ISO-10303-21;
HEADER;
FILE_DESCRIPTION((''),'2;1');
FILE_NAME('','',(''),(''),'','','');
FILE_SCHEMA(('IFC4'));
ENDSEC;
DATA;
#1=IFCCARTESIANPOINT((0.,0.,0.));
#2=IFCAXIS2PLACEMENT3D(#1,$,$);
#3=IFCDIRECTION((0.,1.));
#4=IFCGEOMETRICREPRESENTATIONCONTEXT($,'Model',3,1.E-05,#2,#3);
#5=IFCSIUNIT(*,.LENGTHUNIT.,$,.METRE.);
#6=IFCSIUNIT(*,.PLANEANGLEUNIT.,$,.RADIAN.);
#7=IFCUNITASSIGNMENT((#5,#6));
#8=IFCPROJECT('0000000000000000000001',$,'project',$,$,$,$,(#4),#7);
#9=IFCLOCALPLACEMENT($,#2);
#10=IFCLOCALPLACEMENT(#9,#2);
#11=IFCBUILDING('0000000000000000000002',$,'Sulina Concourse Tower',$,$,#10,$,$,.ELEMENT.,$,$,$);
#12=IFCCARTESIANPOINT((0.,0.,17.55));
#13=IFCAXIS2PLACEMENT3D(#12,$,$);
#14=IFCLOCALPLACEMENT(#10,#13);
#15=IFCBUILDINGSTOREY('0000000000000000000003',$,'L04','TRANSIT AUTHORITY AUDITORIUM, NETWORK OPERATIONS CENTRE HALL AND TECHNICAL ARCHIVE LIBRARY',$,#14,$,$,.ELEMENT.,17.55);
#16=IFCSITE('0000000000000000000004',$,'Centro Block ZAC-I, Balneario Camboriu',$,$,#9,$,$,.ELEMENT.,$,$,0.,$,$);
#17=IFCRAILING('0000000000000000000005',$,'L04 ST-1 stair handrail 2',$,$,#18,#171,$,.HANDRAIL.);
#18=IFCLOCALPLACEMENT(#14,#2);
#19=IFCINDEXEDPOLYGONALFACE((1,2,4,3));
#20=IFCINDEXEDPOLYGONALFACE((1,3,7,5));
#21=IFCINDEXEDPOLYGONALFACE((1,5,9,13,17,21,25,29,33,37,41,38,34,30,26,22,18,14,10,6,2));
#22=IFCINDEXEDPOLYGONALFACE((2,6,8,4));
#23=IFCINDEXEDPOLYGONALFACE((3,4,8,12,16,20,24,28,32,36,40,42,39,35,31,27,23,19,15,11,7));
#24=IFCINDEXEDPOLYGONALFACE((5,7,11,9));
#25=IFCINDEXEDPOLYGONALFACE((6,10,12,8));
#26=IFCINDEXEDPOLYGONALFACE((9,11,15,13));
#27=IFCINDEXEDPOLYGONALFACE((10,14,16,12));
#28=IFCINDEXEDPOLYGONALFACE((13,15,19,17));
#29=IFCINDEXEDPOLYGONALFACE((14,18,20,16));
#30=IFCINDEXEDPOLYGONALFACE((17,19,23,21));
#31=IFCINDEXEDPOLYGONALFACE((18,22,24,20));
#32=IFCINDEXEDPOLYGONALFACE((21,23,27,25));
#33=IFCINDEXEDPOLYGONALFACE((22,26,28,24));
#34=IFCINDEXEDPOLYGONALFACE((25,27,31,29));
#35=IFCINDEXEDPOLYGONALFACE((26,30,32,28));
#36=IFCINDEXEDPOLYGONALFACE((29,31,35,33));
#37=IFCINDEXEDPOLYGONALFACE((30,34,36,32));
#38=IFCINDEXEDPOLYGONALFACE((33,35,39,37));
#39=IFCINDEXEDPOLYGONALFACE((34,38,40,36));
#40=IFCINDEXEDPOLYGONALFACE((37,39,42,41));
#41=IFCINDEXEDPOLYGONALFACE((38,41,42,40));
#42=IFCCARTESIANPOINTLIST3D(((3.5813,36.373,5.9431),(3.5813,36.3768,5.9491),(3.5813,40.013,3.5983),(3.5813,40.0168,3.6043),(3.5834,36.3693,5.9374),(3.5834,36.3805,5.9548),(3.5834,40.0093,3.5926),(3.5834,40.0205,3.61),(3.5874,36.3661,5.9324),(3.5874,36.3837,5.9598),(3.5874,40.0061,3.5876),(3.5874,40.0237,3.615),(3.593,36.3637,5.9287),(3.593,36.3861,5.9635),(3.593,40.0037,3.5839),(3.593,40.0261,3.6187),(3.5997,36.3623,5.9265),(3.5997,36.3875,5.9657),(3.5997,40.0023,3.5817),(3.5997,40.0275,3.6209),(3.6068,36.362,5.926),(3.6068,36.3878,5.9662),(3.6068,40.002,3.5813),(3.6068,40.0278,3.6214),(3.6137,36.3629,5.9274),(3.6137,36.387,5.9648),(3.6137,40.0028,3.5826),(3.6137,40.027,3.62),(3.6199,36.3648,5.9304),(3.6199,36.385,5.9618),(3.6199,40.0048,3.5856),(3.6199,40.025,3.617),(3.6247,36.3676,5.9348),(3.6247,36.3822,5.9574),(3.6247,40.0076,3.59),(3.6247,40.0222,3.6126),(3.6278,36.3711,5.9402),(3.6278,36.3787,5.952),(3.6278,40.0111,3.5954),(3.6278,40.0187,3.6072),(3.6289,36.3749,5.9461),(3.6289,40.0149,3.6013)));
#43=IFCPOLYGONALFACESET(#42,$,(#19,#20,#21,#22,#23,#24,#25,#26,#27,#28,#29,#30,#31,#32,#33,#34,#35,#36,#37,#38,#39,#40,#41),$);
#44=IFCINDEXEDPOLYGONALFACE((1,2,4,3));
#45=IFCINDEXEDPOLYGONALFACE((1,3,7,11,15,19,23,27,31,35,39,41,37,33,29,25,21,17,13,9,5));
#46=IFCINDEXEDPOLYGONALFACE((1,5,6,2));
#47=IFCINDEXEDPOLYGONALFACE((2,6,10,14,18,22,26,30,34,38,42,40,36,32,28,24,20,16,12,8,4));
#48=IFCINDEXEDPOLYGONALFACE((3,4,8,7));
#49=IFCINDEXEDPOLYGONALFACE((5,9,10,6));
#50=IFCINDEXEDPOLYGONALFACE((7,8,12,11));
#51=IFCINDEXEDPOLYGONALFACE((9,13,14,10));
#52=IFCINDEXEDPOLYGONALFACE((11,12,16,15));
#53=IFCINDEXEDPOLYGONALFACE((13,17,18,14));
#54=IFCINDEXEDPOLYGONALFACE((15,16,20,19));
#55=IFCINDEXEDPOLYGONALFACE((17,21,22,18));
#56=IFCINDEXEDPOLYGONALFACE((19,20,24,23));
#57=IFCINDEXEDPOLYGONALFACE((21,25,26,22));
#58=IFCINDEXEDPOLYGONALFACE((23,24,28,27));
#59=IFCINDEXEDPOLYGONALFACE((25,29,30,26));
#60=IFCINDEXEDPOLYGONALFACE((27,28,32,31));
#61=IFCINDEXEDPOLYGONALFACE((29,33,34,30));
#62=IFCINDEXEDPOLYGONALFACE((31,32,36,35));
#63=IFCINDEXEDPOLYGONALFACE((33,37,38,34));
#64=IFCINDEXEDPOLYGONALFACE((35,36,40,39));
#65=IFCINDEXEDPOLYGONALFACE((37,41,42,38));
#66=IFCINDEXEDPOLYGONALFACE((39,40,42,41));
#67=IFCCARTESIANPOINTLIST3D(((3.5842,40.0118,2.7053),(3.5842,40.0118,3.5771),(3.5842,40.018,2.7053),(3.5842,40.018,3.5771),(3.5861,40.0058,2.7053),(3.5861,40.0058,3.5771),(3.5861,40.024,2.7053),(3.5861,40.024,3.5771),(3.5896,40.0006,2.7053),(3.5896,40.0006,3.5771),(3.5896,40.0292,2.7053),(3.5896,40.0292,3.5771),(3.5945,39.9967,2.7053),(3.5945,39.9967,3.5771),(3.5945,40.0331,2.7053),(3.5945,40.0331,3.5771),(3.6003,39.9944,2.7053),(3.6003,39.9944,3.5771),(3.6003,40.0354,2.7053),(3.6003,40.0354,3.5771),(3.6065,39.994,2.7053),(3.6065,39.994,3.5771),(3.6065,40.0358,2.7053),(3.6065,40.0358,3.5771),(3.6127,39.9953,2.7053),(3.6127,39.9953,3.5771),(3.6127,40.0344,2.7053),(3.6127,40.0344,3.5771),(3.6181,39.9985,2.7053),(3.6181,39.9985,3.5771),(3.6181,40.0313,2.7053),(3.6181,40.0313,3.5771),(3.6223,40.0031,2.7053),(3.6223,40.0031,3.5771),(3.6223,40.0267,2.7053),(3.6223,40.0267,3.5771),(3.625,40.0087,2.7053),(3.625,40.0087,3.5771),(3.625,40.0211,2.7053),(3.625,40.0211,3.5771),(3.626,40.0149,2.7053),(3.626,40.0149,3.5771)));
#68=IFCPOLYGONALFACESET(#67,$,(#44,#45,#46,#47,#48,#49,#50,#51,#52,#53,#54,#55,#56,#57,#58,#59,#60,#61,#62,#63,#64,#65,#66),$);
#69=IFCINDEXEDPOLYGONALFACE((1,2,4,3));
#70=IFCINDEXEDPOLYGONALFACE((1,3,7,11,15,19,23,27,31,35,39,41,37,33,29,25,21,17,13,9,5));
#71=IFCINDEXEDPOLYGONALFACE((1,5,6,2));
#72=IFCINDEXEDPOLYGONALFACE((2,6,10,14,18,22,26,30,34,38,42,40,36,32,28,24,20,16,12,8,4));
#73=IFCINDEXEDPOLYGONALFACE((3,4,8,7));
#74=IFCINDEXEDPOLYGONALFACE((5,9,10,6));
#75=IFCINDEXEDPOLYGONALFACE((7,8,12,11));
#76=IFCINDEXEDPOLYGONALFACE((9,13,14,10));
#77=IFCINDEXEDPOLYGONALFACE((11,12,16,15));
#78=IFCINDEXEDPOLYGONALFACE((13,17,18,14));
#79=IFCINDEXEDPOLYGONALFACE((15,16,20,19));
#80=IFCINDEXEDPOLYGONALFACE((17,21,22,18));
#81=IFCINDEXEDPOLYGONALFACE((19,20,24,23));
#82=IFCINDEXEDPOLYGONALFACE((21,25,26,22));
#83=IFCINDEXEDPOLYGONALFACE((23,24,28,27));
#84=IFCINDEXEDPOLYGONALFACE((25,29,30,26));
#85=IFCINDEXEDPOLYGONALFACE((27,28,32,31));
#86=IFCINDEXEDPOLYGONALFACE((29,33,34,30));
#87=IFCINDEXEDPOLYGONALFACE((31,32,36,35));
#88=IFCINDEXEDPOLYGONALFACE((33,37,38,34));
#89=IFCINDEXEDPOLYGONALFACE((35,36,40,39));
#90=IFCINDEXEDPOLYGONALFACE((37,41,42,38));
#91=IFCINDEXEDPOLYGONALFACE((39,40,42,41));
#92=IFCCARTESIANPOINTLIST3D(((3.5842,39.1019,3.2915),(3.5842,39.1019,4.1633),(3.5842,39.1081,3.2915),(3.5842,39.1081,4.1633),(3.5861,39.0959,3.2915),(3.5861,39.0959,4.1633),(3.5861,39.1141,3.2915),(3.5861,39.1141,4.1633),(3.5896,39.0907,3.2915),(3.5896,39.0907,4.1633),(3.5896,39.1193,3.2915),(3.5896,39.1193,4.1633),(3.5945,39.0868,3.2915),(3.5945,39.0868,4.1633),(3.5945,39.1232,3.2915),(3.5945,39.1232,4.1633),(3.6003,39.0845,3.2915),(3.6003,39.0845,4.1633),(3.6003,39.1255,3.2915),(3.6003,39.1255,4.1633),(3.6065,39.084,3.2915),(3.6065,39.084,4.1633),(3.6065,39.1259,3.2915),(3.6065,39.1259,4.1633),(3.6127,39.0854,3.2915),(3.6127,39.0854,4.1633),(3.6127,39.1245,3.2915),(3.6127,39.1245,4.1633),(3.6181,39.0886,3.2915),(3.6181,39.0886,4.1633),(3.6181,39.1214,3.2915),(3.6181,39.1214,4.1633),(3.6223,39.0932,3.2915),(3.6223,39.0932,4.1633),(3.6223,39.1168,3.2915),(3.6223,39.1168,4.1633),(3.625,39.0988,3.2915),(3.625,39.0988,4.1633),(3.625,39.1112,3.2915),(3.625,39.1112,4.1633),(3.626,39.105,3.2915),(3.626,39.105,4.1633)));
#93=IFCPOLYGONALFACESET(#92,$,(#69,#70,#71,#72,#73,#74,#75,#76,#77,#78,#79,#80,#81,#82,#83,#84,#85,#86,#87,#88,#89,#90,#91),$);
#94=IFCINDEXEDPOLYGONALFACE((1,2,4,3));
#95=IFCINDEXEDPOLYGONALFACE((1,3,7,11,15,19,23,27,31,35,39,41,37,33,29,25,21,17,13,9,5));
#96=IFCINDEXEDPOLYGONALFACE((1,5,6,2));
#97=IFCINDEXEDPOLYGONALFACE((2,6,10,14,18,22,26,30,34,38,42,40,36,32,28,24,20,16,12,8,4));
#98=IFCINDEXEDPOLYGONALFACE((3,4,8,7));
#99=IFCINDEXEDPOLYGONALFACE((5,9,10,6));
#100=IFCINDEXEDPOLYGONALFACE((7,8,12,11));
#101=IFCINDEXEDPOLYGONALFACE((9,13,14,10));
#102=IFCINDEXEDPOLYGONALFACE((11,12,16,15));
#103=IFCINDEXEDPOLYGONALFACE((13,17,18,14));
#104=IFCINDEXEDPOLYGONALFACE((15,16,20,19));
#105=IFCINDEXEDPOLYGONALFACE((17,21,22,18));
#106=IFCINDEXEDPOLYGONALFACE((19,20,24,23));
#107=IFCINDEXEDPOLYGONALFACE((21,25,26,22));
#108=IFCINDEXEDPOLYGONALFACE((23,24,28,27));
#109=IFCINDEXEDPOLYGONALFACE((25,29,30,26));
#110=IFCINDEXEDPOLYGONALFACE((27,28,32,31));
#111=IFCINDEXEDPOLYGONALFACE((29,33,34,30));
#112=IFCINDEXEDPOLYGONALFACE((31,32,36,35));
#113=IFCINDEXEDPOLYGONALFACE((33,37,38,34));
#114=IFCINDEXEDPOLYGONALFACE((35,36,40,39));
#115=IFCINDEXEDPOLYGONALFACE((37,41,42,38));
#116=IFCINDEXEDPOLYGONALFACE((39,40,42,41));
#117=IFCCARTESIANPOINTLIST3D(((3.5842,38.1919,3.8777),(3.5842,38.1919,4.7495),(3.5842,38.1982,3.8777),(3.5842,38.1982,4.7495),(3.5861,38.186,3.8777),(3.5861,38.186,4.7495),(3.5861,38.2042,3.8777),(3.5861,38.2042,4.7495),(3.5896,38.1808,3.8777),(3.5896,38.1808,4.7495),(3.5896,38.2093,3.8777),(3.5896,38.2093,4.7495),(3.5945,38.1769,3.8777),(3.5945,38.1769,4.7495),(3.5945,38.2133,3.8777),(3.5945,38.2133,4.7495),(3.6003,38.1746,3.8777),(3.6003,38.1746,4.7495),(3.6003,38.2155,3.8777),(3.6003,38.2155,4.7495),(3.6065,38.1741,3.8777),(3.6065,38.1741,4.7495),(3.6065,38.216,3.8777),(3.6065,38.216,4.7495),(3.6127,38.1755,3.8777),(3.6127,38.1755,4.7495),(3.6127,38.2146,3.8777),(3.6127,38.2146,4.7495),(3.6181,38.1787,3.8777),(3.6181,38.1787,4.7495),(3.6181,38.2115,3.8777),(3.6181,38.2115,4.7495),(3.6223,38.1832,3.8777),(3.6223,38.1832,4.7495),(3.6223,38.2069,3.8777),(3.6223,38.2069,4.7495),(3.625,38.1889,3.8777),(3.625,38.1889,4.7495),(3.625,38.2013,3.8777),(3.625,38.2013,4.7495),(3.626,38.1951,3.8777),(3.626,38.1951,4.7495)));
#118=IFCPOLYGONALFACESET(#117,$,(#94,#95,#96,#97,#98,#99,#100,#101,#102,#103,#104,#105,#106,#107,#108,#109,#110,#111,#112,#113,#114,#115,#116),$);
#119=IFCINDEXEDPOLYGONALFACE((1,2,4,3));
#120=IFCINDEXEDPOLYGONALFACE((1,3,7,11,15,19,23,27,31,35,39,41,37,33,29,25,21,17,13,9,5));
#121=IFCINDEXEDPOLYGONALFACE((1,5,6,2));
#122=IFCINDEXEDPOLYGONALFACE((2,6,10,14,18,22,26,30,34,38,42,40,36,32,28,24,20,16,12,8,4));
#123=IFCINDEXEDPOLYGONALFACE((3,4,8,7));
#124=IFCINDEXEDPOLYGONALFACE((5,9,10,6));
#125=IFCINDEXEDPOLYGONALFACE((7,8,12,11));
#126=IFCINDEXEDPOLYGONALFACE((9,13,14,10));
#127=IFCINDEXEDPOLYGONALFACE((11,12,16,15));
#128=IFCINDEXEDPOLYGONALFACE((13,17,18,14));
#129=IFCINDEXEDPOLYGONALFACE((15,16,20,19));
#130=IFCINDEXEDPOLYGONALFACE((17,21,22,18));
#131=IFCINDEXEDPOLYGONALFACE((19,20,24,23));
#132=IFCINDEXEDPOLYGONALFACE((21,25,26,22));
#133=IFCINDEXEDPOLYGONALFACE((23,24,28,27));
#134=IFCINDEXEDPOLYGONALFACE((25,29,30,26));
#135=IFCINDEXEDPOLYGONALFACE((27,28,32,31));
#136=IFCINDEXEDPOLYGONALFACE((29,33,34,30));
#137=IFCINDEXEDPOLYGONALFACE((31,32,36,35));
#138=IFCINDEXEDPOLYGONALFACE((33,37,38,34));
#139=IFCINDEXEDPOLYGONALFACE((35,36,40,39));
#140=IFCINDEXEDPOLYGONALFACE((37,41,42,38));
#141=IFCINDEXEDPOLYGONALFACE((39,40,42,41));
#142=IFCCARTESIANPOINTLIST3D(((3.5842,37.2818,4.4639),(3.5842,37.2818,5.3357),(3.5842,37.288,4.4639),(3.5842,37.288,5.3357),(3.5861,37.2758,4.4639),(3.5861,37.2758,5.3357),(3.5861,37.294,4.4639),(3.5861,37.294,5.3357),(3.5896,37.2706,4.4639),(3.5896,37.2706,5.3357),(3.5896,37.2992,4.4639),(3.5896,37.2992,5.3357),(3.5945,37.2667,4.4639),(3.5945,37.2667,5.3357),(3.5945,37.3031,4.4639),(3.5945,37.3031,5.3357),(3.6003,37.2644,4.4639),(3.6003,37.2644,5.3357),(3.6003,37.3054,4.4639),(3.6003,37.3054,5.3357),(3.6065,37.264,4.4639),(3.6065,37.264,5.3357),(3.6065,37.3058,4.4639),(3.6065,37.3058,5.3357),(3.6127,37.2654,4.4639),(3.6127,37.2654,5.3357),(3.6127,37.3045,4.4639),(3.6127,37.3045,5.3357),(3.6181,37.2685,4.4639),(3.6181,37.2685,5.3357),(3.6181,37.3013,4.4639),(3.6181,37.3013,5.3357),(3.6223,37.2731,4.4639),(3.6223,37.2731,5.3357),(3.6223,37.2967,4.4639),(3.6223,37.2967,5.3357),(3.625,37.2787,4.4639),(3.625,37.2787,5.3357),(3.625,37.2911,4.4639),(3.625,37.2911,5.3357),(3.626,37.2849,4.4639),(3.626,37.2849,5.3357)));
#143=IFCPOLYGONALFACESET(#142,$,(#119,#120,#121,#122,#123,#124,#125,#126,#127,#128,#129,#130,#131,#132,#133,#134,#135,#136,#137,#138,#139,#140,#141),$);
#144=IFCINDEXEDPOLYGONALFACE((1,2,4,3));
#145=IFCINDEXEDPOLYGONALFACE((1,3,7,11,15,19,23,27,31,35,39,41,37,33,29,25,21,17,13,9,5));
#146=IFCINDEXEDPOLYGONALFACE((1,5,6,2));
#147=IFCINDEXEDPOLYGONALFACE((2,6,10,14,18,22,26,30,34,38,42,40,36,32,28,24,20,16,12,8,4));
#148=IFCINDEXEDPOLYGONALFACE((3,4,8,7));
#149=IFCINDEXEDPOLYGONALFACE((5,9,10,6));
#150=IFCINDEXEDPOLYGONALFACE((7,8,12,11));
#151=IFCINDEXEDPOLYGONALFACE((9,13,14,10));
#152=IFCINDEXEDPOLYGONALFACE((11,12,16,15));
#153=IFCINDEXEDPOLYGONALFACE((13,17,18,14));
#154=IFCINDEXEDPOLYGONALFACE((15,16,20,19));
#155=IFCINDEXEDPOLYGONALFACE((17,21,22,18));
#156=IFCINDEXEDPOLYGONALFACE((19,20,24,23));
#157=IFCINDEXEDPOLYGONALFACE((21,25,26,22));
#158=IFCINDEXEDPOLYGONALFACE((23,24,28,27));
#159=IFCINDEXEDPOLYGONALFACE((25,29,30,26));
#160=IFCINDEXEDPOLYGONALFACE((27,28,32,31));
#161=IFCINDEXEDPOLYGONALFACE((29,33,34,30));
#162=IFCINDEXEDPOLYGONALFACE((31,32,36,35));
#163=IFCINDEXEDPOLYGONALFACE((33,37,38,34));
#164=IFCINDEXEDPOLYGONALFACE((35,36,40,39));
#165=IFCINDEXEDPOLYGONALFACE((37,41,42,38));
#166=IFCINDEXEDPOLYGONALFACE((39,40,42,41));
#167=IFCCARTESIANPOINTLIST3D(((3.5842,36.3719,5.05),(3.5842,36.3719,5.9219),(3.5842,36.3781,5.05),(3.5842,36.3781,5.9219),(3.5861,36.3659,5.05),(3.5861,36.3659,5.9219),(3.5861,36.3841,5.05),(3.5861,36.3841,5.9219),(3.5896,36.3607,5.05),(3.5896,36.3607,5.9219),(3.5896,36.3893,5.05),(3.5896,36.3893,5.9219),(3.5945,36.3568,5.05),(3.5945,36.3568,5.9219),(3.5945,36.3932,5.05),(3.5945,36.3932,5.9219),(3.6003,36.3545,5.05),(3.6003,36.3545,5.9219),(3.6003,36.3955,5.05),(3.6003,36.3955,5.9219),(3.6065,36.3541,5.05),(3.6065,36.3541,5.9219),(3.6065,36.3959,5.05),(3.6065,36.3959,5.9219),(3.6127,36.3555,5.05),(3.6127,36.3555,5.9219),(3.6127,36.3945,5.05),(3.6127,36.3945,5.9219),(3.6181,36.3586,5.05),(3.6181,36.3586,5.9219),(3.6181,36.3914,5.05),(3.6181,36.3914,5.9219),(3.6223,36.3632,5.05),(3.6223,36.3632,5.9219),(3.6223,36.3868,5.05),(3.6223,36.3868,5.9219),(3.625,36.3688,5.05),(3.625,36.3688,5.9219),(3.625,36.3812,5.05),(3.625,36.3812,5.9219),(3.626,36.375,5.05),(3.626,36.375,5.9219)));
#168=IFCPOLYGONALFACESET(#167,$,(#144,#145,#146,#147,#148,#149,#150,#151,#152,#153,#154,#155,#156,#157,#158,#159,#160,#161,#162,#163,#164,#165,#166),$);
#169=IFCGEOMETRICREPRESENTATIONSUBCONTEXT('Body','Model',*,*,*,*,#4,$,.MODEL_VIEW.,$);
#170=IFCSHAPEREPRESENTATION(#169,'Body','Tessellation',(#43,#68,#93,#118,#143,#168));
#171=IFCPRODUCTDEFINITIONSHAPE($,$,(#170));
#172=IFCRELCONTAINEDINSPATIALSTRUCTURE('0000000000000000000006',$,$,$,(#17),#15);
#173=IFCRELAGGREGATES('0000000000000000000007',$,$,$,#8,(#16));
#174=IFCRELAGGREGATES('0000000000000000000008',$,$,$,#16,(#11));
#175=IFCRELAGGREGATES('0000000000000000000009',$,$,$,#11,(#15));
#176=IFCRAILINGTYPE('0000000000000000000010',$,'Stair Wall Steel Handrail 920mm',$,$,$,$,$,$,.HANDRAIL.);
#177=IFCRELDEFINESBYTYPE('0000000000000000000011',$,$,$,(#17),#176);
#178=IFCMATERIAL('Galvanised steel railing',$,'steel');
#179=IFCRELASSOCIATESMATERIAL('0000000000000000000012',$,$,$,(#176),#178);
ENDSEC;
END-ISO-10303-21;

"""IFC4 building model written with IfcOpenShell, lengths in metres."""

from ifc_helpers import new_model, si_unit, direction, frame, origin, origin_2d, place, context, subcontext, project, spatial, circle, extrude, material, type_object, element, save


model = new_model("IFC4")

# Units and contexts
model_context = context("Model", 3, precision=1e-05, world=origin(), true_north=direction((0.0, 1.0)))
body_context = subcontext(model_context, "Body", "Model", "MODEL_VIEW")
ifc_project = project(units=[si_unit("LENGTHUNIT", "METRE"), si_unit("PLANEANGLEUNIT", "RADIAN")], contexts=[model_context])

# Site, building, storey
site_placement = place(None, origin())
site = spatial("IfcSite", under=ifc_project, at=site_placement, Name="Centro Block ZAC-I, Balneario Camboriu", CompositionType="ELEMENT", RefElevation=0.0)
building_placement = place(site_placement, origin())
building = spatial("IfcBuilding", under=site, at=building_placement, Name="Sulina Concourse Tower", CompositionType="ELEMENT")
storey_placement = place(building_placement, frame((0.0, 0.0, 17.55)))
storey = spatial("IfcBuildingStorey", under=building, at=storey_placement, Name="L04", Description="TRANSIT AUTHORITY AUDITORIUM, NETWORK OPERATIONS CENTRE HALL AND TECHNICAL ARCHIVE LIBRARY", CompositionType="ELEMENT", Elevation=17.55)

# Railing
ifc_material_1 = material(Name="Galvanised steel railing", Category="steel")
railing_type_1 = type_object("IfcRailingType", Name="Stair Wall Steel Handrail 920mm", PredefinedType="HANDRAIL", material=ifc_material_1)
railing_1_placement = place(storey_placement, frame((3.605, 40.0149, 2.7053)))
element("IfcRailing", 1, at=railing_1_placement, inside=storey, type_object=railing_type_1, Name="L04 ST-1 stair handrail 2", PredefinedType="HANDRAIL", context=body_context, shape_type="SweptSolid", body=[
    extrude(circle(Radius=0.0239, at=origin_2d()), frame((0.0, 0.0, 0.896), z_axis=(0.0, -0.840674, 0.541541), x_axis=(1.0, 0.0, 0.0)), (0.0, 0.0, 1.0), 4.3298),
    extrude(circle(Radius=0.021, at=origin_2d()), origin(), (0.0, 0.0, 1.0), 0.8718),
    extrude(circle(Radius=0.021, at=origin_2d()), frame((0.0, -0.9099, 0.5862)), (0.0, 0.0, 1.0), 0.8718),
    extrude(circle(Radius=0.021, at=origin_2d()), frame((0.0, -1.8198, 1.1724)), (0.0, 0.0, 1.0), 0.8718),
    extrude(circle(Radius=0.021, at=origin_2d()), frame((0.0, -2.73, 1.7585)), (0.0, 0.0, 1.0), 0.8718),
    extrude(circle(Radius=0.021, at=origin_2d()), frame((0.0, -3.6399, 2.3447)), (0.0, 0.0, 1.0), 0.8718),
])

save(model, "model.ifc")
